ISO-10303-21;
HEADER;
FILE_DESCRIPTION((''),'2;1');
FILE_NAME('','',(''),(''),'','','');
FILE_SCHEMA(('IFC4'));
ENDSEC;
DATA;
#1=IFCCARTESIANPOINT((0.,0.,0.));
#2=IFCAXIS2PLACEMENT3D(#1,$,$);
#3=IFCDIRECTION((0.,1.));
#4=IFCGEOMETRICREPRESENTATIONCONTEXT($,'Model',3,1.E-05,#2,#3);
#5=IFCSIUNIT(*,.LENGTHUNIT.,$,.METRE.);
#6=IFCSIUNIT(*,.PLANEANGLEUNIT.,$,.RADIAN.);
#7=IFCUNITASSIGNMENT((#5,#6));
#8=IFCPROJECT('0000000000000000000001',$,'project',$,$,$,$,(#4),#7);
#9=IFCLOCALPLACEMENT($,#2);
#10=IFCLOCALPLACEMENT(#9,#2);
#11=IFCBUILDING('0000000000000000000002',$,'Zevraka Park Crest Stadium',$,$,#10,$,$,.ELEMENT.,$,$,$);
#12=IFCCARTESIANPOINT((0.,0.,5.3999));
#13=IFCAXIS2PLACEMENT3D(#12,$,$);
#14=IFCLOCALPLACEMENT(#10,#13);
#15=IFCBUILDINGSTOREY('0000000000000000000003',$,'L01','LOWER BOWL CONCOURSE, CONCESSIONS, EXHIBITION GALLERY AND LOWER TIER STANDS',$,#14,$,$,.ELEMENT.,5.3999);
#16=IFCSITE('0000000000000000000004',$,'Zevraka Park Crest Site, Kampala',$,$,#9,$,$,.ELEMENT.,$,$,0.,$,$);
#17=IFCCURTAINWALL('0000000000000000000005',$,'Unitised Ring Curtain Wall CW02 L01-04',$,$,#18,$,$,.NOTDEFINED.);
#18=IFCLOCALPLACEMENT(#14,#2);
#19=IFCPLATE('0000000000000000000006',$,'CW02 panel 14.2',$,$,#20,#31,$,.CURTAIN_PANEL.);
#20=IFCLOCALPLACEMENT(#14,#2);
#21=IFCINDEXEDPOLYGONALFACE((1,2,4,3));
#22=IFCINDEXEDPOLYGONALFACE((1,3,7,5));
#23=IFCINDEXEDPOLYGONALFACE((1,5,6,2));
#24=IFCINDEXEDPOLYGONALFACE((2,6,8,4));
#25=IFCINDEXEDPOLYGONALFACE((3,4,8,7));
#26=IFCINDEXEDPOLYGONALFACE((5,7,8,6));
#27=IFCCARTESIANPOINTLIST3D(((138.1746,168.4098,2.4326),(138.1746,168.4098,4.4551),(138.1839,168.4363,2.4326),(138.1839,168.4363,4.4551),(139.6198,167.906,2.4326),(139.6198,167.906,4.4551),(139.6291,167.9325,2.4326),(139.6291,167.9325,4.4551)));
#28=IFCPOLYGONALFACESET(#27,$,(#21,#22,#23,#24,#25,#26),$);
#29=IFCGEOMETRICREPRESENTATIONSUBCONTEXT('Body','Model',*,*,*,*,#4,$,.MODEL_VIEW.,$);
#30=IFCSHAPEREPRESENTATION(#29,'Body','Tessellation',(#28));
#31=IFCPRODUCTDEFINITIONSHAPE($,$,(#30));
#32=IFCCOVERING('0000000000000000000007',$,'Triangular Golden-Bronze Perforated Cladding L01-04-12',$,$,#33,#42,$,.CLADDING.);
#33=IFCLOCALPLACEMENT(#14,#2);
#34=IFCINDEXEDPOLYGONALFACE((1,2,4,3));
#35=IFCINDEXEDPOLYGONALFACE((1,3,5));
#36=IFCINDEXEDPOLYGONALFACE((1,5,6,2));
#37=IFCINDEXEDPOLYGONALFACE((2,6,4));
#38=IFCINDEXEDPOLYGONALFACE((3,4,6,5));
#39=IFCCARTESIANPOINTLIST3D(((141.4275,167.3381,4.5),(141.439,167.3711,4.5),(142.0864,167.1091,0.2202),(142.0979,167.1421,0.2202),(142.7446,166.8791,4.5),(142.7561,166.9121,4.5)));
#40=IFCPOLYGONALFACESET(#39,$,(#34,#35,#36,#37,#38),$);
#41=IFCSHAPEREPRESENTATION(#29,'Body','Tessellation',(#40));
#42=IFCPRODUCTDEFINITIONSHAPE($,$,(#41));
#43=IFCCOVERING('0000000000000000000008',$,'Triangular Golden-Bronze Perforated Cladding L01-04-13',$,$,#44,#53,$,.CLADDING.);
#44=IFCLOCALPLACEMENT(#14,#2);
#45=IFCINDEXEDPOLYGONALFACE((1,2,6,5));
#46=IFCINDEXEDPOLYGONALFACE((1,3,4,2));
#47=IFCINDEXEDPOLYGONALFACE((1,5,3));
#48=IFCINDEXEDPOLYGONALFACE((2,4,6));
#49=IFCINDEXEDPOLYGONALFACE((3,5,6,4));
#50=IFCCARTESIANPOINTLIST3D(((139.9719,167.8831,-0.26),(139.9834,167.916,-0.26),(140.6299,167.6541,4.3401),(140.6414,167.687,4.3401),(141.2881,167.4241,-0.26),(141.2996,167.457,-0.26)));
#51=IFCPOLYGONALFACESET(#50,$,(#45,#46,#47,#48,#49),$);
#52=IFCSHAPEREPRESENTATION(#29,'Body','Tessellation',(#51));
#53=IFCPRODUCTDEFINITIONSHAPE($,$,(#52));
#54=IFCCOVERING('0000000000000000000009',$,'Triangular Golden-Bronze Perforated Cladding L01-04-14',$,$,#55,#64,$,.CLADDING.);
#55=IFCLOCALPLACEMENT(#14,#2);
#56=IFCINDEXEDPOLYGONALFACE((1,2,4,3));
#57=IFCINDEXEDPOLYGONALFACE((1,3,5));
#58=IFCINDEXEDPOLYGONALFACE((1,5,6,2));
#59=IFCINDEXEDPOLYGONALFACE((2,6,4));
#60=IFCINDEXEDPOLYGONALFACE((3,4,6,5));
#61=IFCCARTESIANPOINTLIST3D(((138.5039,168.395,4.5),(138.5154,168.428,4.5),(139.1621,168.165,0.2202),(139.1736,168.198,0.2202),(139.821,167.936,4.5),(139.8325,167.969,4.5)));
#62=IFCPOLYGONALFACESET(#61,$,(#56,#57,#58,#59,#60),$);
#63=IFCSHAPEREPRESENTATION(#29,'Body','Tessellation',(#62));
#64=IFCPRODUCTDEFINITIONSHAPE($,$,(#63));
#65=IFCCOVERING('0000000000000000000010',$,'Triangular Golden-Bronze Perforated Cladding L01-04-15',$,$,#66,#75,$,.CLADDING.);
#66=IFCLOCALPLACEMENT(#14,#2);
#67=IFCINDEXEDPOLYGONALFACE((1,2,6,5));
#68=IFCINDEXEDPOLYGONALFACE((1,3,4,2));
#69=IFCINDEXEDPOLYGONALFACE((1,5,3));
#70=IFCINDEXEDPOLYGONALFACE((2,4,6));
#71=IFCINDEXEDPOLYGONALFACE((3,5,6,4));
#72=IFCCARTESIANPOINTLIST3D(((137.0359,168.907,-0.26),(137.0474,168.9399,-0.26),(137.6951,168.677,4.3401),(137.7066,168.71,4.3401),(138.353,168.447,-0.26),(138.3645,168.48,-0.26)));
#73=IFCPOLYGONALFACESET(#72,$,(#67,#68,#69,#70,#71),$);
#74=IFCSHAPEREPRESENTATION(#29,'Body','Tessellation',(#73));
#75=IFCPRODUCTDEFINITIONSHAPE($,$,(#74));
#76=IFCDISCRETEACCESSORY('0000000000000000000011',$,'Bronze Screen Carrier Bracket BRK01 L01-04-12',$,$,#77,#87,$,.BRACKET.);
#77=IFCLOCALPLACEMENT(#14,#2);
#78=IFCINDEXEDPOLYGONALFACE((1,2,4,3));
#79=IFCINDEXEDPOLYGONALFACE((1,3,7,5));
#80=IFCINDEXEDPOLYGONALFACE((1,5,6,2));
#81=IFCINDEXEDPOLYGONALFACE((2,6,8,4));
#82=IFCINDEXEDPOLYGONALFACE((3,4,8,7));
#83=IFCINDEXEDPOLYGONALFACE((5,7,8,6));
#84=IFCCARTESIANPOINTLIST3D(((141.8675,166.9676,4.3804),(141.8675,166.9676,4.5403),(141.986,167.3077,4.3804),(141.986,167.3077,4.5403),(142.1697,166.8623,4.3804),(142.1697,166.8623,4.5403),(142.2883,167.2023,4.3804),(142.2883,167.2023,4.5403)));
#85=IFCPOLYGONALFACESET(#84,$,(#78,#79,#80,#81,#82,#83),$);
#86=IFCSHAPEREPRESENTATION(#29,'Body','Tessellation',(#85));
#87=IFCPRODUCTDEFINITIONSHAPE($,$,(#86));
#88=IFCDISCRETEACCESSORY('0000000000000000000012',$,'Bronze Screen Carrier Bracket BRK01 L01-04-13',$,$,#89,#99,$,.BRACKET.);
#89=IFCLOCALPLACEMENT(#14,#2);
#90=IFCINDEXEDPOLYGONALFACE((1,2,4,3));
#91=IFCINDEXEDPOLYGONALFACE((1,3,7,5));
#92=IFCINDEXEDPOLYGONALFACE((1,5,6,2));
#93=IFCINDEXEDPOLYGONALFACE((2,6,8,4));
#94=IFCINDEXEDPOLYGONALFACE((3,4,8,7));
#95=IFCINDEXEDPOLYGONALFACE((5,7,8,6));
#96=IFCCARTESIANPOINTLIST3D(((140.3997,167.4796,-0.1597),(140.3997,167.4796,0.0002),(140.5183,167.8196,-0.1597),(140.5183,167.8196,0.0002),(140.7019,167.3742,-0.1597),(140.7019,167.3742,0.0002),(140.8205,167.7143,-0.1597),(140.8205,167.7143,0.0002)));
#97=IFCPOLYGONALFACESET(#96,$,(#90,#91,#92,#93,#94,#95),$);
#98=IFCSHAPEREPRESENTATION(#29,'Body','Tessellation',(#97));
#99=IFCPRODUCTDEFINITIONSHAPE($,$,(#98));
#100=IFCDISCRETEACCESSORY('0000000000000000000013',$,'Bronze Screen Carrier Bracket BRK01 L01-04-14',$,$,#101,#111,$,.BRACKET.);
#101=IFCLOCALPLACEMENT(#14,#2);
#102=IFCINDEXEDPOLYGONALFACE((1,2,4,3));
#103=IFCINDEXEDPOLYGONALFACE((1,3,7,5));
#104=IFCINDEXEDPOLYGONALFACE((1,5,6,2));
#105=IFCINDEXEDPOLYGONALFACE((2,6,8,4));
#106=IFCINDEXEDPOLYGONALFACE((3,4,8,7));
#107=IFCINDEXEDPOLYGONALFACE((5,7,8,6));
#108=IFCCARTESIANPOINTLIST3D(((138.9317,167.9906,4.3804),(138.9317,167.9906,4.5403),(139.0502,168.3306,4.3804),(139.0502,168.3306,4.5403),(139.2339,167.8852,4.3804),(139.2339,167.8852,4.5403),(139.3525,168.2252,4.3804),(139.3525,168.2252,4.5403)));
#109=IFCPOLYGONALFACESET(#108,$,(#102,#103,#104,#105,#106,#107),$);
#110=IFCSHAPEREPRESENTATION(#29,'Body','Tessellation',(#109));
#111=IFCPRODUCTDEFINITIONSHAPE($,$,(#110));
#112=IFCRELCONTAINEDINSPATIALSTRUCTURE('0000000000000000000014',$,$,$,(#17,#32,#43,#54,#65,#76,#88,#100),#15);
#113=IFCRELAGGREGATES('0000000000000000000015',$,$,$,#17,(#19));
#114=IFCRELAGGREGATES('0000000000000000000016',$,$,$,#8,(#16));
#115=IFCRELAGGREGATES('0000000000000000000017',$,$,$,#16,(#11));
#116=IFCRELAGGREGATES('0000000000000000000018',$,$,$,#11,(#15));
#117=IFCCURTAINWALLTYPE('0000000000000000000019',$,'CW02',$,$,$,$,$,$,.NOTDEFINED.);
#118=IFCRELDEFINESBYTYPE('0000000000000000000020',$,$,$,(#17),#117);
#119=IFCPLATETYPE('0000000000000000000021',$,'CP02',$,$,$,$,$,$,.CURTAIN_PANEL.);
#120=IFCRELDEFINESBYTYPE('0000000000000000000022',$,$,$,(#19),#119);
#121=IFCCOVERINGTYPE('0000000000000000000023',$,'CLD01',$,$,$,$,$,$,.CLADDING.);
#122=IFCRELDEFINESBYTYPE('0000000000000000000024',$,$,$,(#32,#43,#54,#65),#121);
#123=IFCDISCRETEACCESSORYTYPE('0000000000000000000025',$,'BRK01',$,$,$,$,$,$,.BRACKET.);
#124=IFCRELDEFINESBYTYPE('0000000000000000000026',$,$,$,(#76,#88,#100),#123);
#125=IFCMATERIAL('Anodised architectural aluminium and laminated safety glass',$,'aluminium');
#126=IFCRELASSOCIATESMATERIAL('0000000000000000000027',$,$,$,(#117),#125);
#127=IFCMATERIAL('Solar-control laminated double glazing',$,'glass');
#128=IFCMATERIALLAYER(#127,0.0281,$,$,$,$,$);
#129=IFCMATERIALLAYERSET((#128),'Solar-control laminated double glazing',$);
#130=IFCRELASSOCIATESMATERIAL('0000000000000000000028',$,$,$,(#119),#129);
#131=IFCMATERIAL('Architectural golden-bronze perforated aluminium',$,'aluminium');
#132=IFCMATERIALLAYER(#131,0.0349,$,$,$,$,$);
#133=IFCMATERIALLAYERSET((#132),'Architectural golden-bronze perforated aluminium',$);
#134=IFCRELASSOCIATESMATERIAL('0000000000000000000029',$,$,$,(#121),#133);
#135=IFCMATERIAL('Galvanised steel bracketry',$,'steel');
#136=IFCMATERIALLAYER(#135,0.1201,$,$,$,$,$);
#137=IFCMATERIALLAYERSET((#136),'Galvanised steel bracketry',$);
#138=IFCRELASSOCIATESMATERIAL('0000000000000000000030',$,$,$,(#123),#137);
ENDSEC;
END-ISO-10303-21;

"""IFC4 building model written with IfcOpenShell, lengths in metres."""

from ifc_helpers import new_model, si_unit, direction, frame, origin, origin_2d, place, context, subcontext, project, spatial, polyline, rectangle, outline, extrude, material, layer, layer_set, type_object, element, aggregate, save


model = new_model("IFC4")

# Units and contexts
model_context = context("Model", 3, precision=1e-05, world=origin(), true_north=direction((0.0, 1.0)))
body_context = subcontext(model_context, "Body", "Model", "MODEL_VIEW")
ifc_project = project(units=[si_unit("LENGTHUNIT", "METRE"), si_unit("PLANEANGLEUNIT", "RADIAN")], contexts=[model_context])

# Site, building, storey
site_placement = place(None, origin())
site = spatial("IfcSite", under=ifc_project, at=site_placement, Name="Zevraka Park Crest Site, Kampala", CompositionType="ELEMENT", RefElevation=0.0)
building_placement = place(site_placement, origin())
building = spatial("IfcBuilding", under=site, at=building_placement, Name="Zevraka Park Crest Stadium", CompositionType="ELEMENT")
storey_placement = place(building_placement, frame((0.0, 0.0, 5.3999)))
storey = spatial("IfcBuildingStorey", under=building, at=storey_placement, Name="L01", Description="LOWER BOWL CONCOURSE, CONCESSIONS, EXHIBITION GALLERY AND LOWER TIER STANDS", CompositionType="ELEMENT", Elevation=5.3999)

# Curtain wall, plate
ifc_material_1 = material(Name="Anodised architectural aluminium and laminated safety glass", Category="aluminium")
curtain_wall_type = type_object("IfcCurtainWallType", Name="CW02", PredefinedType="NOTDEFINED", material=ifc_material_1)
curtain_wall_placement = place(storey_placement, origin())
curtain_wall = element("IfcCurtainWall", 1, at=curtain_wall_placement, inside=storey, type_object=curtain_wall_type, Name="Unitised Ring Curtain Wall CW02 L01-04", PredefinedType="NOTDEFINED")
ifc_material_2 = material(Name="Solar-control laminated double glazing", Category="glass")
ifc_layer_1 = layer(ifc_material_2, 0.0281)
ifc_layer_set_1 = layer_set([ifc_layer_1], Name="Solar-control laminated double glazing")
plate_type = type_object("IfcPlateType", Name="CP02", PredefinedType="CURTAIN_PANEL", material=ifc_layer_set_1)
plate_1_placement = place(storey_placement, frame((138.9019, 168.1711, 2.4326), z_axis=(0.0, 0.0, 1.0), x_axis=(-0.944257, 0.329209, 0.0)))
plate_1 = element("IfcPlate", 2, at=plate_1_placement, type_object=plate_type, Name="CW02 panel 14.2", PredefinedType="CURTAIN_PANEL", context=body_context, shape_type="SweptSolid", body=[
    extrude(rectangle(XDim=1.5305, YDim=0.0281, at=origin_2d()), origin(), (0.0, 0.0, 1.0), 2.0225),
])
aggregate(curtain_wall, [plate_1])

# Coverings
ifc_material_3 = material(Name="Architectural golden-bronze perforated aluminium", Category="aluminium")
ifc_layer_2 = layer(ifc_material_3, 0.0349)
ifc_layer_set_2 = layer_set([ifc_layer_2], Name="Architectural golden-bronze perforated aluminium")
covering_type = type_object("IfcCoveringType", Name="CLD01", PredefinedType="CLADDING", material=ifc_layer_set_2)
covering_1_placement = place(storey_placement, frame((141.439, 167.3711, 4.5), z_axis=(0.329064, 0.944308, 0.000136), x_axis=(0.944308, -0.329064, 0.0)))
element("IfcCovering", 3, at=covering_1_placement, inside=storey, type_object=covering_type, Name="Triangular Golden-Bronze Perforated Cladding L01-04-12", PredefinedType="CLADDING", context=body_context, shape_type="SweptSolid", body=[
    extrude(outline(polyline([(0.0, 0.0), (1.3948, 0.0), (0.6976, 4.2798), (0.0, 0.0)])), origin(), (0.0, 0.0, -1.0), 0.0349),
])
covering_2_placement = place(storey_placement, frame((141.2881, 167.4241, -0.26), z_axis=(-0.329281, -0.944232, 0.000091), x_axis=(-0.944232, 0.329281, 0.0)))
element("IfcCovering", 4, at=covering_2_placement, inside=storey, type_object=covering_type, Name="Triangular Golden-Bronze Perforated Cladding L01-04-13", PredefinedType="CLADDING", context=body_context, shape_type="SweptSolid", body=[
    extrude(outline(polyline([(0.0, 0.0), (1.3939, 0.0), (0.6972, -4.6001), (0.0, 0.0)])), origin(), (0.0, 0.0, -1.0), 0.0349),
])
covering_3_placement = place(storey_placement, frame((138.5039, 168.395, 4.5), z_axis=(-0.329064, -0.944308, 0.000136), x_axis=(0.944308, -0.329064, 0.0)))
element("IfcCovering", 5, at=covering_3_placement, inside=storey, type_object=covering_type, Name="Triangular Golden-Bronze Perforated Cladding L01-04-14", PredefinedType="CLADDING", context=body_context, shape_type="SweptSolid", body=[
    extrude(outline(polyline([(0.0, 0.0), (1.3948, 0.0), (0.6972, -4.2798), (0.0, 0.0)])), origin(), (0.0, 0.0, -1.0), 0.0349),
])
covering_4_placement = place(storey_placement, frame((138.353, 168.447, -0.26), z_axis=(-0.329688, -0.94409, 0.000044), x_axis=(-0.94409, 0.329688, 0.0)))
element("IfcCovering", 6, at=covering_4_placement, inside=storey, type_object=covering_type, Name="Triangular Golden-Bronze Perforated Cladding L01-04-15", PredefinedType="CLADDING", context=body_context, shape_type="SweptSolid", body=[
    extrude(outline(polyline([(0.0, 0.0), (1.3951, 0.0), (0.697, -4.6001), (0.0, 0.0)])), origin(), (0.0, 0.0, -1.0), 0.0349),
])

# Discrete accessories
ifc_material_4 = material(Name="Galvanised steel bracketry", Category="steel")
ifc_layer_3 = layer(ifc_material_4, 0.1201)
ifc_layer_set_3 = layer_set([ifc_layer_3], Name="Galvanised steel bracketry")
discrete_accessory_type = type_object("IfcDiscreteAccessoryType", Name="BRK01", PredefinedType="BRACKET", material=ifc_layer_set_3)
for number, where, z_axis, x_axis, name in (
    (7, (142.0779, 167.085, 4.3804), (0.0, 0.0, 1.0), (-0.944262, 0.329196, 0.0), "Bronze Screen Carrier Bracket BRK01 L01-04-12"),
    (8, (140.6101, 167.5969, -0.1597), (0.0, 0.0, 1.0), (-0.944262, 0.329196, 0.0), "Bronze Screen Carrier Bracket BRK01 L01-04-13"),
    (9, (139.1421, 168.1079, 4.3804), (0.0, 0.0, 1.0), (-0.944262, 0.329196, 0.0), "Bronze Screen Carrier Bracket BRK01 L01-04-14"),
):
    element("IfcDiscreteAccessory", number, at=place(storey_placement, frame(where, z_axis=z_axis, x_axis=x_axis)), inside=storey, type_object=discrete_accessory_type, Name=name, PredefinedType="BRACKET", context=body_context, shape_type="SweptSolid", body=[
        extrude(rectangle(XDim=0.3201, YDim=0.3601, at=origin_2d()), origin(), (0.0, 0.0, 1.0), 0.1599),
    ])

save(model, "model.ifc")
